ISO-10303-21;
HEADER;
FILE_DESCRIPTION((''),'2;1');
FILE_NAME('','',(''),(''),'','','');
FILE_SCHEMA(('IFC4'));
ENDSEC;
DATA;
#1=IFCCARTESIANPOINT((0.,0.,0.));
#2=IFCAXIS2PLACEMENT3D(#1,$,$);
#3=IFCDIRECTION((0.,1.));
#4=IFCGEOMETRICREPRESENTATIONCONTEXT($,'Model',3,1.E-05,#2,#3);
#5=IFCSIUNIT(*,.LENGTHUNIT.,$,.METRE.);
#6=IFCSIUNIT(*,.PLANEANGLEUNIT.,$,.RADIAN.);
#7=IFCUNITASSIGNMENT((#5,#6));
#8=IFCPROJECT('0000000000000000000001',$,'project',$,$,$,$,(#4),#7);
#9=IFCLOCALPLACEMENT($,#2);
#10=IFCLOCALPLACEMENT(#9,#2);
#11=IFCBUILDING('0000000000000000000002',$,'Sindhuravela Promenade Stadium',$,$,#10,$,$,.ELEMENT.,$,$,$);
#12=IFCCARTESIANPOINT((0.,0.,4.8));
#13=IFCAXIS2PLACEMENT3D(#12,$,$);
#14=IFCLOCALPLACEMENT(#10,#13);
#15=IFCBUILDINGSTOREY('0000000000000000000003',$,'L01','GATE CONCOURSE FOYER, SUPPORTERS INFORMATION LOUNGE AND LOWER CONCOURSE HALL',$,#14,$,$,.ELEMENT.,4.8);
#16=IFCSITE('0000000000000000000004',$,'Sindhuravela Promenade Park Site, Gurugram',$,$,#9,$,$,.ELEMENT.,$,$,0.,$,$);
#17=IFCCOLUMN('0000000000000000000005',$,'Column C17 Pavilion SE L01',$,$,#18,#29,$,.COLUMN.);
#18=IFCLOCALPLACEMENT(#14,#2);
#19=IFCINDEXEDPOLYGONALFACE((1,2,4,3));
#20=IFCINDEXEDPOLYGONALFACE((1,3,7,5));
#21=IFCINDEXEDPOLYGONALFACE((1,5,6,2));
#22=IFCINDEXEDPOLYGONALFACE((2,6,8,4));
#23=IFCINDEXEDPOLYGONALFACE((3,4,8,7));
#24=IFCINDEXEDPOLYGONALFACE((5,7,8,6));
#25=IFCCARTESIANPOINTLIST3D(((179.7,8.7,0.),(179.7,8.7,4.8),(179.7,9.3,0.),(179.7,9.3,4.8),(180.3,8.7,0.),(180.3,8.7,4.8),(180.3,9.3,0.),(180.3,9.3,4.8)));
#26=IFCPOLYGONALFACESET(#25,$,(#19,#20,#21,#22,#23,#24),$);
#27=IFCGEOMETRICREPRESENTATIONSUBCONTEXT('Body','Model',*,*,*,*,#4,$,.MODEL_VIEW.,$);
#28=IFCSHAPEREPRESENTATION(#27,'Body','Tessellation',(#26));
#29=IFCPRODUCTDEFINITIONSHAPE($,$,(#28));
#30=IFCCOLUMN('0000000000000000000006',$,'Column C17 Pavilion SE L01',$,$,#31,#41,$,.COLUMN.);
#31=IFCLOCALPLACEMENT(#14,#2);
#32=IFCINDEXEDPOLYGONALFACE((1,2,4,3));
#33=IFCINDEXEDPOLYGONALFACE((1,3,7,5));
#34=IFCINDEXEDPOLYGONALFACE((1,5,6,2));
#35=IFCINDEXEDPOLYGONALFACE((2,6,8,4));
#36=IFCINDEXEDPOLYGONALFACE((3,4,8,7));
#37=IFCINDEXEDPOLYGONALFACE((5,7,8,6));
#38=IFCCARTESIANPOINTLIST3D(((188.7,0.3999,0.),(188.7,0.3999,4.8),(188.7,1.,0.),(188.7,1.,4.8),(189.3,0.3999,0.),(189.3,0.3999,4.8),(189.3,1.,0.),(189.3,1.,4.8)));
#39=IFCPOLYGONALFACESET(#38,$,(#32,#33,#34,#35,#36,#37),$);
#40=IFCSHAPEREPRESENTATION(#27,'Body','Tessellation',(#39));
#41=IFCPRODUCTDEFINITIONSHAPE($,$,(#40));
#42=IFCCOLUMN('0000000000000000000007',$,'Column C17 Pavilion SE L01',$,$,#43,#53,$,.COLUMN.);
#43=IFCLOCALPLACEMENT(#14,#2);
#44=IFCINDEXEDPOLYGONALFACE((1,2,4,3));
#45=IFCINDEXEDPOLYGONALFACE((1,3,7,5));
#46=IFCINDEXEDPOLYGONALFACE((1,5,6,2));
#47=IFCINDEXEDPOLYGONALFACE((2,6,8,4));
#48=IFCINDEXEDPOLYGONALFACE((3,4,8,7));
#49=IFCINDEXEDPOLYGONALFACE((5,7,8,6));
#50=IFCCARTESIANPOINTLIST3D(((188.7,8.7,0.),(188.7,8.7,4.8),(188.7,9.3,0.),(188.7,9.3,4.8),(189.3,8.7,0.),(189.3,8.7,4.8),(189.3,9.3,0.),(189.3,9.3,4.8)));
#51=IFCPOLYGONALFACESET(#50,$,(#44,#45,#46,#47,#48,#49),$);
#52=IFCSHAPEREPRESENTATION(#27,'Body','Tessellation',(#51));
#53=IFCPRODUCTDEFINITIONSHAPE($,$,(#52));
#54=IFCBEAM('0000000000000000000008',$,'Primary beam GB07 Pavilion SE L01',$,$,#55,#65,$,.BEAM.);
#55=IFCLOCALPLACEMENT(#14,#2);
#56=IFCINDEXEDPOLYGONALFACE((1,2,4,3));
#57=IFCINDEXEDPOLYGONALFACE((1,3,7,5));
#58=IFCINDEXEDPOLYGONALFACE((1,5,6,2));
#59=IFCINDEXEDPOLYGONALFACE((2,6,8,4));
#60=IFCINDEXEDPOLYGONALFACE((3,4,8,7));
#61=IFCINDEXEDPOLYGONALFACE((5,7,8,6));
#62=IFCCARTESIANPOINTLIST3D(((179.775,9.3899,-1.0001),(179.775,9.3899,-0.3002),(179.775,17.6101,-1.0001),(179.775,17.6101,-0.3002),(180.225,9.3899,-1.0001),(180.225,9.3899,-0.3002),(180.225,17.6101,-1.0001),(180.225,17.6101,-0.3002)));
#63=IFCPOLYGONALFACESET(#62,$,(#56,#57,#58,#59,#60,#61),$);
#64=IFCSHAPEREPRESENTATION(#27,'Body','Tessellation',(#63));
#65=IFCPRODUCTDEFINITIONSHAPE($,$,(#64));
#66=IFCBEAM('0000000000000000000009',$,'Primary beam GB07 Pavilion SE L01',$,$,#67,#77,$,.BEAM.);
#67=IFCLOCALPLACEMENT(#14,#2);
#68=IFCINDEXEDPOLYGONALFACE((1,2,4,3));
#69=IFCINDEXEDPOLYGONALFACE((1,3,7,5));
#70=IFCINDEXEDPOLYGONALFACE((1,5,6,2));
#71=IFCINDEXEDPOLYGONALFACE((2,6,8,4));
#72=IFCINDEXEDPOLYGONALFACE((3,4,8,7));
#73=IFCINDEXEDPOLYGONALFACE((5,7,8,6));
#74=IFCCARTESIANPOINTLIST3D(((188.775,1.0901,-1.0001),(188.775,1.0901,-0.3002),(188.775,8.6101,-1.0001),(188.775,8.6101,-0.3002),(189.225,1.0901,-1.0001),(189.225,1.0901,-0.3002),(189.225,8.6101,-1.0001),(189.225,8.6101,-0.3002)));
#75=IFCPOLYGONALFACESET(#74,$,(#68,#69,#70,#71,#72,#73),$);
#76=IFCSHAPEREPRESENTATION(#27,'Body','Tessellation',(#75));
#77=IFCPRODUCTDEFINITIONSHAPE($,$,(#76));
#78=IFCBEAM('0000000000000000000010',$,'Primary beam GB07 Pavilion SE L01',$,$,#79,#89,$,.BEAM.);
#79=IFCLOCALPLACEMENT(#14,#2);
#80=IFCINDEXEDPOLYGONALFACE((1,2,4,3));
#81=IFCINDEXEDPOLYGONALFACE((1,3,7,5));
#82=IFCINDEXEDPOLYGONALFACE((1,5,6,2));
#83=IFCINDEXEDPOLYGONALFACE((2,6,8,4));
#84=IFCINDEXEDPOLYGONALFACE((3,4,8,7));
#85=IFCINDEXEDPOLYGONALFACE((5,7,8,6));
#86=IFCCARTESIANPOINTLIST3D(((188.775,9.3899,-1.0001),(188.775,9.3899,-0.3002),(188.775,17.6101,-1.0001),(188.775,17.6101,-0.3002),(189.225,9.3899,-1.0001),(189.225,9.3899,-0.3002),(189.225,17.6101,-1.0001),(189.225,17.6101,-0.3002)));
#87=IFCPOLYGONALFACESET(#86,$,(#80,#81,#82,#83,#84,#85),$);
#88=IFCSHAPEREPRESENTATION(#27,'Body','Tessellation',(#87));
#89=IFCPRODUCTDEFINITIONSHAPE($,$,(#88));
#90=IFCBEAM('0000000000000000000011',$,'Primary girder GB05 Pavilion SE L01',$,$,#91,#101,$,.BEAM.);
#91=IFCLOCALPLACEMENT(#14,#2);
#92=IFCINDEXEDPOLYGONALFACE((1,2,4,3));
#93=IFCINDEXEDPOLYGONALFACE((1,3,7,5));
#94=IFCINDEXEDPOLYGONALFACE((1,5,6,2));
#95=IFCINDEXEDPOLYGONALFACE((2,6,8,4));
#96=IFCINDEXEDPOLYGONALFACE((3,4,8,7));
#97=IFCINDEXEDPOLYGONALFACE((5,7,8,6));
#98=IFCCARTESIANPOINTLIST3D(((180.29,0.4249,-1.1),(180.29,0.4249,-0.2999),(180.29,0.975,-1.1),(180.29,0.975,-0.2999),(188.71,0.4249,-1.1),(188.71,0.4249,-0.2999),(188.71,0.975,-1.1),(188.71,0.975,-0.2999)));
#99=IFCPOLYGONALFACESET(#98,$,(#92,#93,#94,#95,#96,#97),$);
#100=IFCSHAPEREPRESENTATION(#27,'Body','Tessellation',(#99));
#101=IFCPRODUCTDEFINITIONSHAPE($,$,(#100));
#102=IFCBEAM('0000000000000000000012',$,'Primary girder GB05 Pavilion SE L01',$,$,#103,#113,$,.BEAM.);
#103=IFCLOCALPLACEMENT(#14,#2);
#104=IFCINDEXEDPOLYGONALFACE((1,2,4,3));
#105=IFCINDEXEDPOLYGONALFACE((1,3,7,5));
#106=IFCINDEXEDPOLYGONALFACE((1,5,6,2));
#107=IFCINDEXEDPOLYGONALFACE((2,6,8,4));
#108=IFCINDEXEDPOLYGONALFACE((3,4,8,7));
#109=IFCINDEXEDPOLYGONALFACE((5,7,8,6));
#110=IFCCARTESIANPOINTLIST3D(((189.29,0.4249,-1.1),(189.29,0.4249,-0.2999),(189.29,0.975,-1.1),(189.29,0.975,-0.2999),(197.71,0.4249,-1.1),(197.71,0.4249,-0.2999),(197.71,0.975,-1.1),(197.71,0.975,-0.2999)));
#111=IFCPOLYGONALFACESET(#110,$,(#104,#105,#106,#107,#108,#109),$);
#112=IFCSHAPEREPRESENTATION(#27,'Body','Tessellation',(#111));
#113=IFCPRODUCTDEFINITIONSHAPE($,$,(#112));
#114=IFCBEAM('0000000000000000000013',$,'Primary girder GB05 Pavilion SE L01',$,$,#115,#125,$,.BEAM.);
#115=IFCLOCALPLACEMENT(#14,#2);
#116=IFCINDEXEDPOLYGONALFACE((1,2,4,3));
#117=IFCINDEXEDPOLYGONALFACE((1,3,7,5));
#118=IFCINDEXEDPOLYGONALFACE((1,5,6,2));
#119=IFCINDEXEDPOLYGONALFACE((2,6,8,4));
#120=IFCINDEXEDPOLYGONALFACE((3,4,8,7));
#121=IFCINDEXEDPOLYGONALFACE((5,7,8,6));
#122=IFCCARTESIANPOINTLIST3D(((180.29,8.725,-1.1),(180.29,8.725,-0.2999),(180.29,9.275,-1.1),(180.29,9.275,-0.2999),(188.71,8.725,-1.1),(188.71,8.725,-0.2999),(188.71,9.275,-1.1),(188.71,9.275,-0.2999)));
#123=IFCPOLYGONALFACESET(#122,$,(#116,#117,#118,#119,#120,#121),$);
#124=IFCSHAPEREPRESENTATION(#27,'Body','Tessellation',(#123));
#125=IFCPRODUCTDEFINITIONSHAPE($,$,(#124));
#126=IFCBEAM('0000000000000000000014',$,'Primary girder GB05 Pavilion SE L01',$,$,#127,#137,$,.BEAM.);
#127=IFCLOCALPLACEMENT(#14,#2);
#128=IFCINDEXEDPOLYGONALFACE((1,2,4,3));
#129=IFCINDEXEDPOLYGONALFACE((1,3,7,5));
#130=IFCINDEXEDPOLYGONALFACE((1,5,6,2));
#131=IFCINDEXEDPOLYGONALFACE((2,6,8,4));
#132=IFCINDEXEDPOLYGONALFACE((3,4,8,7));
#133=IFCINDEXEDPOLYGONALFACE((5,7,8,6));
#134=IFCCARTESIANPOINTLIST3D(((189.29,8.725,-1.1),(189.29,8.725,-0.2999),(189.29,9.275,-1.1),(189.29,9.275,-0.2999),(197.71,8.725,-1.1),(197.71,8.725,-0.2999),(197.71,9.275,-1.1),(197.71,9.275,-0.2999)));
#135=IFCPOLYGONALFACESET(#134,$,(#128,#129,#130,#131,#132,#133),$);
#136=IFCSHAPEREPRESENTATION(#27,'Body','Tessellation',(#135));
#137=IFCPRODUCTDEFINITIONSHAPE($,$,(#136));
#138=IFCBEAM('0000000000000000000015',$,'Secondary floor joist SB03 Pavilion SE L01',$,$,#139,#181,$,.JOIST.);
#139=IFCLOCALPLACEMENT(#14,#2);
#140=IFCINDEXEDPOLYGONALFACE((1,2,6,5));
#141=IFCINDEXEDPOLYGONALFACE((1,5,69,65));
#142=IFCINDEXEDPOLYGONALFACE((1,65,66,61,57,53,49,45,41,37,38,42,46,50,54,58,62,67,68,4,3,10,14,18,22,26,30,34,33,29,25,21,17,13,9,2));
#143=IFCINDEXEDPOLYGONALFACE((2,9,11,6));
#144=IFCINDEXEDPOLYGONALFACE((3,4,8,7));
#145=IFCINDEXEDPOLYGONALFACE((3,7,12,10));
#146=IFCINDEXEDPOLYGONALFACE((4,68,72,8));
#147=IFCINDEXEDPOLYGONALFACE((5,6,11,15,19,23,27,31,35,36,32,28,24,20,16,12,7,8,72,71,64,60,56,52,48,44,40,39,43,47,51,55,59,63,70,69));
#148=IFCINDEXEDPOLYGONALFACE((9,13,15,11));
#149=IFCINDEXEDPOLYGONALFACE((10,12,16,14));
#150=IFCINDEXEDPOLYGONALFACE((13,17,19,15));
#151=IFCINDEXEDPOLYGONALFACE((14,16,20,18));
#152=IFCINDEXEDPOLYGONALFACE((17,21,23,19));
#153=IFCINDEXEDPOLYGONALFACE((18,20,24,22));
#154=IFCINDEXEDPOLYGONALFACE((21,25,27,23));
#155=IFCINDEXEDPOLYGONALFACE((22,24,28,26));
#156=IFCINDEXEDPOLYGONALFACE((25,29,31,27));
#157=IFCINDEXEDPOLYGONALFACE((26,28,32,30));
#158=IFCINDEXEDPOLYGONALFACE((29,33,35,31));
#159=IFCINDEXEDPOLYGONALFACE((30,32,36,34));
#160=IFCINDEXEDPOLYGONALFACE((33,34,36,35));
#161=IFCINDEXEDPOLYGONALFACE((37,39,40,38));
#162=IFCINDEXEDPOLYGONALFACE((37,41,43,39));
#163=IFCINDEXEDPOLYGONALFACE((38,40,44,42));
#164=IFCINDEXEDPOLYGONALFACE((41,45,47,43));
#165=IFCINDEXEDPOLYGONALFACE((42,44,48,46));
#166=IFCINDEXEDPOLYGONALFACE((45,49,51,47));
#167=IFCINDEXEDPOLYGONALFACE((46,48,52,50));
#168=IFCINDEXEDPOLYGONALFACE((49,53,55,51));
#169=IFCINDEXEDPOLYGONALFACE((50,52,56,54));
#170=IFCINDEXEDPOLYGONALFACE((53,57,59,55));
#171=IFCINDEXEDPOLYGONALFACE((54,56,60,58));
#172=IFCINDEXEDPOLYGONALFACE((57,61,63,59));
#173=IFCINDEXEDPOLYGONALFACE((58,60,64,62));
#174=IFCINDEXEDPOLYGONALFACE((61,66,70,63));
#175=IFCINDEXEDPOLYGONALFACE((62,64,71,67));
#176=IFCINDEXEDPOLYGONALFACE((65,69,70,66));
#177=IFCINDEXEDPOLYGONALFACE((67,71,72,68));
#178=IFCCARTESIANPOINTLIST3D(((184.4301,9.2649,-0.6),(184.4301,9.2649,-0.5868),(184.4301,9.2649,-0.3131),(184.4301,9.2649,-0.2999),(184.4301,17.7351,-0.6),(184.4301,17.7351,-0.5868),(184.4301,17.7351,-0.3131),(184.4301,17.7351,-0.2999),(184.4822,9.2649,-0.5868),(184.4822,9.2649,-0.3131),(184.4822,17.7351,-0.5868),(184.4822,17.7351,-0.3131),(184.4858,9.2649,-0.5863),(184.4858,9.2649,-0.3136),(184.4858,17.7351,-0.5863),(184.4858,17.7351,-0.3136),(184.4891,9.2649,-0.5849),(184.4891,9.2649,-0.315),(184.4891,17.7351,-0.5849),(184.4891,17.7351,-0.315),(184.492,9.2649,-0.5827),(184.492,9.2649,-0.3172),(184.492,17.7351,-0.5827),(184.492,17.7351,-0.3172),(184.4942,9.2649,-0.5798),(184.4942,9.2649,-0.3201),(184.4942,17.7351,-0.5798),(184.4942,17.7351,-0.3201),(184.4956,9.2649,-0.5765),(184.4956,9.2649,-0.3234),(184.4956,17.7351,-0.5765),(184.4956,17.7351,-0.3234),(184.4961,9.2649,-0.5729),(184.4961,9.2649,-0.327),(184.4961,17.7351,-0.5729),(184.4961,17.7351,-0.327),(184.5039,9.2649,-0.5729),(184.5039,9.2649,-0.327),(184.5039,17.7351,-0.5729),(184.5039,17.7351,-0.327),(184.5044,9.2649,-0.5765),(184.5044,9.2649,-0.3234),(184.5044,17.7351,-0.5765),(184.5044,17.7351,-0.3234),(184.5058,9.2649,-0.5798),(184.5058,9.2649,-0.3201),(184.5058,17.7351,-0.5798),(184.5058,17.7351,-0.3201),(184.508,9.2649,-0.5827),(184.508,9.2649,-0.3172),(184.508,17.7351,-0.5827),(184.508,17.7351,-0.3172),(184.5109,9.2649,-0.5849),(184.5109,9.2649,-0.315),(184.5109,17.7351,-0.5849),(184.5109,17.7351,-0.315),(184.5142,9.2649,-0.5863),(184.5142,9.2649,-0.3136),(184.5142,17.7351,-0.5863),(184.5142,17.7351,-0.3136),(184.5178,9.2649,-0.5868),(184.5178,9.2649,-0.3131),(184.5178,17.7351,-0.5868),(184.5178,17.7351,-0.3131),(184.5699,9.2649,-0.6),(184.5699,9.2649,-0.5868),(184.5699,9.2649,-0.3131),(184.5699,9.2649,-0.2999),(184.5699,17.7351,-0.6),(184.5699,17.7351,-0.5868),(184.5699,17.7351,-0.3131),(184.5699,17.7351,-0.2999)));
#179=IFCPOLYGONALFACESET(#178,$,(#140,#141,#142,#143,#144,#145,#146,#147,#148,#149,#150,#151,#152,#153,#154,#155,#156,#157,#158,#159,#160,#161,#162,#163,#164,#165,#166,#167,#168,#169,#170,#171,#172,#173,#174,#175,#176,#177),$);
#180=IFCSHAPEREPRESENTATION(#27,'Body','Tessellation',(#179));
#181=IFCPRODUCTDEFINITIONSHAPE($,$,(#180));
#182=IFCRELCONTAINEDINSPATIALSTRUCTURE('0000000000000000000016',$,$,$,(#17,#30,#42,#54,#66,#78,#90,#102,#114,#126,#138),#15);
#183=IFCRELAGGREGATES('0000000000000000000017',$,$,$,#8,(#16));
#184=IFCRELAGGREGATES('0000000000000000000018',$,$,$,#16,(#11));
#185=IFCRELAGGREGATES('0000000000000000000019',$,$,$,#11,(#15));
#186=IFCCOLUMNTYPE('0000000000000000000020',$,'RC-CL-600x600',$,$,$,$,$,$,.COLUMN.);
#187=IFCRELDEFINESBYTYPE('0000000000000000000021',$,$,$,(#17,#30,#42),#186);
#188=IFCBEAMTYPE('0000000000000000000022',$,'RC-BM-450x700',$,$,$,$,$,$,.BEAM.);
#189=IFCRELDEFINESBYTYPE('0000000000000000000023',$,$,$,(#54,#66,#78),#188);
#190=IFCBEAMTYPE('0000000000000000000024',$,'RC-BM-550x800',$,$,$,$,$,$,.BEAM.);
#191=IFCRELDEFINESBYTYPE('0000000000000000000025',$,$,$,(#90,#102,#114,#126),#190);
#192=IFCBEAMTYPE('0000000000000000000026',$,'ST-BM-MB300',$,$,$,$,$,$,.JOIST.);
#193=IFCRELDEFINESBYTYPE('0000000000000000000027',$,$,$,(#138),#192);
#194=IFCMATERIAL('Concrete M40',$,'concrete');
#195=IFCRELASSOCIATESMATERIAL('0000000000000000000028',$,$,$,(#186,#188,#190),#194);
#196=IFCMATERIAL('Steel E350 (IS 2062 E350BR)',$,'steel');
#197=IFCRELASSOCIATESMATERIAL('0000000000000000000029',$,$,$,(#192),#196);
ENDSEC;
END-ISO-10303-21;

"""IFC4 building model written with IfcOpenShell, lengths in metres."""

from ifc_helpers import new_model, si_unit, direction, frame, origin, origin_2d, place, context, subcontext, project, spatial, rectangle, i_section, extrude, material, material_profile, profile_set, type_object, element, save


model = new_model("IFC4")

# Units and contexts
model_context = context("Model", 3, precision=1e-05, world=origin(), true_north=direction((0.0, 1.0)))
body_context = subcontext(model_context, "Body", "Model", "MODEL_VIEW")
ifc_project = project(units=[si_unit("LENGTHUNIT", "METRE"), si_unit("PLANEANGLEUNIT", "RADIAN")], contexts=[model_context])

# Site, building, storey
site_placement = place(None, origin())
site = spatial("IfcSite", under=ifc_project, at=site_placement, Name="Sindhuravela Promenade Park Site, Gurugram", CompositionType="ELEMENT", RefElevation=0.0)
building_placement = place(site_placement, origin())
building = spatial("IfcBuilding", under=site, at=building_placement, Name="Sindhuravela Promenade Stadium", CompositionType="ELEMENT")
storey_placement = place(building_placement, frame((0.0, 0.0, 4.8)))
storey = spatial("IfcBuildingStorey", under=building, at=storey_placement, Name="L01", Description="GATE CONCOURSE FOYER, SUPPORTERS INFORMATION LOUNGE AND LOWER CONCOURSE HALL", CompositionType="ELEMENT", Elevation=4.8)

# Columns
ifc_material_1 = material(Name="Concrete M40", Category="concrete")
ifc_material_profile_1 = material_profile(ifc_material_1, rectangle(XDim=0.6001, YDim=0.6001, at=origin_2d()), Name="RC 600x600")
ifc_profile_set_1 = profile_set([ifc_material_profile_1], Name="Concrete M40")
column_type = type_object("IfcColumnType", Name="RC-CL-600x600", PredefinedType="COLUMN", material=ifc_profile_set_1)
for number, where, z_axis, x_axis, name in (
    (1, (180.0, 9.0, 0.0), (0.0, 0.0, 1.0), (1.0, 0.0, 0.0), "Column C17 Pavilion SE L01"),
    (2, (189.0, 0.7, 0.0), (0.0, 0.0, 1.0), (1.0, 0.0, 0.0), "Column C17 Pavilion SE L01"),
    (3, (189.0, 9.0, 0.0), (0.0, 0.0, 1.0), (1.0, 0.0, 0.0), "Column C17 Pavilion SE L01"),
):
    element("IfcColumn", number, at=place(storey_placement, frame(where, z_axis=z_axis, x_axis=x_axis)), inside=storey, type_object=column_type, Name=name, PredefinedType="COLUMN", context=body_context, shape_type="SweptSolid", body=[
        extrude(rectangle(XDim=0.6001, YDim=0.6001, at=origin_2d()), origin(), (0.0, 0.0, 1.0), 4.8),
    ])

# Beams
ifc_material_profile_2 = material_profile(ifc_material_1, rectangle(XDim=0.45, YDim=0.7, at=origin_2d()), Name="RC 450x700")
ifc_profile_set_2 = profile_set([ifc_material_profile_2], Name="Concrete M40")
beam_type_1 = type_object("IfcBeamType", Name="RC-BM-450x700", PredefinedType="BEAM", material=ifc_profile_set_2)
beam_1_placement = place(storey_placement, frame((180.0, 9.3899, -0.6501), z_axis=(0.0, 1.0, 0.0), x_axis=(-1.0, 0.0, 0.0)))
element("IfcBeam", 4, at=beam_1_placement, inside=storey, type_object=beam_type_1, Name="Primary beam GB07 Pavilion SE L01", PredefinedType="BEAM", context=body_context, shape_type="SweptSolid", body=[
    extrude(rectangle(XDim=0.45, YDim=0.7, at=origin_2d()), origin(), (0.0, 0.0, 1.0), 8.2202),
])
beam_2_placement = place(storey_placement, frame((189.0, 1.0901, -0.6501), z_axis=(0.0, 1.0, 0.0), x_axis=(-1.0, 0.0, 0.0)))
element("IfcBeam", 5, at=beam_2_placement, inside=storey, type_object=beam_type_1, Name="Primary beam GB07 Pavilion SE L01", PredefinedType="BEAM", context=body_context, shape_type="SweptSolid", body=[
    extrude(rectangle(XDim=0.45, YDim=0.7, at=origin_2d()), origin(), (0.0, 0.0, 1.0), 7.52),
])
beam_3_placement = place(storey_placement, frame((189.0, 9.3899, -0.6501), z_axis=(0.0, 1.0, 0.0), x_axis=(-1.0, 0.0, 0.0)))
element("IfcBeam", 6, at=beam_3_placement, inside=storey, type_object=beam_type_1, Name="Primary beam GB07 Pavilion SE L01", PredefinedType="BEAM", context=body_context, shape_type="SweptSolid", body=[
    extrude(rectangle(XDim=0.45, YDim=0.7, at=origin_2d()), origin(), (0.0, 0.0, 1.0), 8.2202),
])
ifc_material_profile_3 = material_profile(ifc_material_1, rectangle(XDim=0.55, YDim=0.8, at=origin_2d()), Name="RC 550x800")
ifc_profile_set_3 = profile_set([ifc_material_profile_3], Name="Concrete M40")
beam_type_2 = type_object("IfcBeamType", Name="RC-BM-550x800", PredefinedType="BEAM", material=ifc_profile_set_3)
for number, where, z_axis, x_axis, name in (
    (7, (180.29, 0.7, -0.7), (1.0, 0.0, 0.0), (0.0, 1.0, 0.0), "Primary girder GB05 Pavilion SE L01"),
    (8, (189.29, 0.7, -0.7), (1.0, 0.0, 0.0), (0.0, 1.0, 0.0), "Primary girder GB05 Pavilion SE L01"),
    (9, (180.29, 9.0, -0.7), (1.0, 0.0, 0.0), (0.0, 1.0, 0.0), "Primary girder GB05 Pavilion SE L01"),
    (10, (189.29, 9.0, -0.7), (1.0, 0.0, 0.0), (0.0, 1.0, 0.0), "Primary girder GB05 Pavilion SE L01"),
):
    element("IfcBeam", number, at=place(storey_placement, frame(where, z_axis=z_axis, x_axis=x_axis)), inside=storey, type_object=beam_type_2, Name=name, PredefinedType="BEAM", context=body_context, shape_type="SweptSolid", body=[
        extrude(rectangle(XDim=0.55, YDim=0.8, at=origin_2d()), origin(), (0.0, 0.0, 1.0), 8.4199),
    ])
ifc_material_2 = material(Name="Steel E350 (IS 2062 E350BR)", Category="steel")
ifc_material_profile_4 = material_profile(ifc_material_2, i_section(OverallWidth=0.1399, OverallDepth=0.3, WebThickness=0.0078, FlangeThickness=0.0132, FilletRadius=0.0139, at=origin_2d()), Name="ISMB 300")
ifc_profile_set_4 = profile_set([ifc_material_profile_4], Name="Steel E350 (IS 2062 E350BR)")
beam_type_3 = type_object("IfcBeamType", Name="ST-BM-MB300", PredefinedType="JOIST", material=ifc_profile_set_4)
beam_4_placement = place(storey_placement, frame((184.5, 9.2649, -0.45), z_axis=(0.0, 1.0, 0.0), x_axis=(-1.0, 0.0, 0.0)))
element("IfcBeam", 11, at=beam_4_placement, inside=storey, type_object=beam_type_3, Name="Secondary floor joist SB03 Pavilion SE L01", PredefinedType="JOIST", context=body_context, shape_type="SweptSolid", body=[
    extrude(i_section(OverallWidth=0.1399, OverallDepth=0.3, WebThickness=0.0078, FlangeThickness=0.0132, FilletRadius=0.0139, at=origin_2d()), origin(), (0.0, 0.0, 1.0), 8.4702),
])

save(model, "model.ifc")
